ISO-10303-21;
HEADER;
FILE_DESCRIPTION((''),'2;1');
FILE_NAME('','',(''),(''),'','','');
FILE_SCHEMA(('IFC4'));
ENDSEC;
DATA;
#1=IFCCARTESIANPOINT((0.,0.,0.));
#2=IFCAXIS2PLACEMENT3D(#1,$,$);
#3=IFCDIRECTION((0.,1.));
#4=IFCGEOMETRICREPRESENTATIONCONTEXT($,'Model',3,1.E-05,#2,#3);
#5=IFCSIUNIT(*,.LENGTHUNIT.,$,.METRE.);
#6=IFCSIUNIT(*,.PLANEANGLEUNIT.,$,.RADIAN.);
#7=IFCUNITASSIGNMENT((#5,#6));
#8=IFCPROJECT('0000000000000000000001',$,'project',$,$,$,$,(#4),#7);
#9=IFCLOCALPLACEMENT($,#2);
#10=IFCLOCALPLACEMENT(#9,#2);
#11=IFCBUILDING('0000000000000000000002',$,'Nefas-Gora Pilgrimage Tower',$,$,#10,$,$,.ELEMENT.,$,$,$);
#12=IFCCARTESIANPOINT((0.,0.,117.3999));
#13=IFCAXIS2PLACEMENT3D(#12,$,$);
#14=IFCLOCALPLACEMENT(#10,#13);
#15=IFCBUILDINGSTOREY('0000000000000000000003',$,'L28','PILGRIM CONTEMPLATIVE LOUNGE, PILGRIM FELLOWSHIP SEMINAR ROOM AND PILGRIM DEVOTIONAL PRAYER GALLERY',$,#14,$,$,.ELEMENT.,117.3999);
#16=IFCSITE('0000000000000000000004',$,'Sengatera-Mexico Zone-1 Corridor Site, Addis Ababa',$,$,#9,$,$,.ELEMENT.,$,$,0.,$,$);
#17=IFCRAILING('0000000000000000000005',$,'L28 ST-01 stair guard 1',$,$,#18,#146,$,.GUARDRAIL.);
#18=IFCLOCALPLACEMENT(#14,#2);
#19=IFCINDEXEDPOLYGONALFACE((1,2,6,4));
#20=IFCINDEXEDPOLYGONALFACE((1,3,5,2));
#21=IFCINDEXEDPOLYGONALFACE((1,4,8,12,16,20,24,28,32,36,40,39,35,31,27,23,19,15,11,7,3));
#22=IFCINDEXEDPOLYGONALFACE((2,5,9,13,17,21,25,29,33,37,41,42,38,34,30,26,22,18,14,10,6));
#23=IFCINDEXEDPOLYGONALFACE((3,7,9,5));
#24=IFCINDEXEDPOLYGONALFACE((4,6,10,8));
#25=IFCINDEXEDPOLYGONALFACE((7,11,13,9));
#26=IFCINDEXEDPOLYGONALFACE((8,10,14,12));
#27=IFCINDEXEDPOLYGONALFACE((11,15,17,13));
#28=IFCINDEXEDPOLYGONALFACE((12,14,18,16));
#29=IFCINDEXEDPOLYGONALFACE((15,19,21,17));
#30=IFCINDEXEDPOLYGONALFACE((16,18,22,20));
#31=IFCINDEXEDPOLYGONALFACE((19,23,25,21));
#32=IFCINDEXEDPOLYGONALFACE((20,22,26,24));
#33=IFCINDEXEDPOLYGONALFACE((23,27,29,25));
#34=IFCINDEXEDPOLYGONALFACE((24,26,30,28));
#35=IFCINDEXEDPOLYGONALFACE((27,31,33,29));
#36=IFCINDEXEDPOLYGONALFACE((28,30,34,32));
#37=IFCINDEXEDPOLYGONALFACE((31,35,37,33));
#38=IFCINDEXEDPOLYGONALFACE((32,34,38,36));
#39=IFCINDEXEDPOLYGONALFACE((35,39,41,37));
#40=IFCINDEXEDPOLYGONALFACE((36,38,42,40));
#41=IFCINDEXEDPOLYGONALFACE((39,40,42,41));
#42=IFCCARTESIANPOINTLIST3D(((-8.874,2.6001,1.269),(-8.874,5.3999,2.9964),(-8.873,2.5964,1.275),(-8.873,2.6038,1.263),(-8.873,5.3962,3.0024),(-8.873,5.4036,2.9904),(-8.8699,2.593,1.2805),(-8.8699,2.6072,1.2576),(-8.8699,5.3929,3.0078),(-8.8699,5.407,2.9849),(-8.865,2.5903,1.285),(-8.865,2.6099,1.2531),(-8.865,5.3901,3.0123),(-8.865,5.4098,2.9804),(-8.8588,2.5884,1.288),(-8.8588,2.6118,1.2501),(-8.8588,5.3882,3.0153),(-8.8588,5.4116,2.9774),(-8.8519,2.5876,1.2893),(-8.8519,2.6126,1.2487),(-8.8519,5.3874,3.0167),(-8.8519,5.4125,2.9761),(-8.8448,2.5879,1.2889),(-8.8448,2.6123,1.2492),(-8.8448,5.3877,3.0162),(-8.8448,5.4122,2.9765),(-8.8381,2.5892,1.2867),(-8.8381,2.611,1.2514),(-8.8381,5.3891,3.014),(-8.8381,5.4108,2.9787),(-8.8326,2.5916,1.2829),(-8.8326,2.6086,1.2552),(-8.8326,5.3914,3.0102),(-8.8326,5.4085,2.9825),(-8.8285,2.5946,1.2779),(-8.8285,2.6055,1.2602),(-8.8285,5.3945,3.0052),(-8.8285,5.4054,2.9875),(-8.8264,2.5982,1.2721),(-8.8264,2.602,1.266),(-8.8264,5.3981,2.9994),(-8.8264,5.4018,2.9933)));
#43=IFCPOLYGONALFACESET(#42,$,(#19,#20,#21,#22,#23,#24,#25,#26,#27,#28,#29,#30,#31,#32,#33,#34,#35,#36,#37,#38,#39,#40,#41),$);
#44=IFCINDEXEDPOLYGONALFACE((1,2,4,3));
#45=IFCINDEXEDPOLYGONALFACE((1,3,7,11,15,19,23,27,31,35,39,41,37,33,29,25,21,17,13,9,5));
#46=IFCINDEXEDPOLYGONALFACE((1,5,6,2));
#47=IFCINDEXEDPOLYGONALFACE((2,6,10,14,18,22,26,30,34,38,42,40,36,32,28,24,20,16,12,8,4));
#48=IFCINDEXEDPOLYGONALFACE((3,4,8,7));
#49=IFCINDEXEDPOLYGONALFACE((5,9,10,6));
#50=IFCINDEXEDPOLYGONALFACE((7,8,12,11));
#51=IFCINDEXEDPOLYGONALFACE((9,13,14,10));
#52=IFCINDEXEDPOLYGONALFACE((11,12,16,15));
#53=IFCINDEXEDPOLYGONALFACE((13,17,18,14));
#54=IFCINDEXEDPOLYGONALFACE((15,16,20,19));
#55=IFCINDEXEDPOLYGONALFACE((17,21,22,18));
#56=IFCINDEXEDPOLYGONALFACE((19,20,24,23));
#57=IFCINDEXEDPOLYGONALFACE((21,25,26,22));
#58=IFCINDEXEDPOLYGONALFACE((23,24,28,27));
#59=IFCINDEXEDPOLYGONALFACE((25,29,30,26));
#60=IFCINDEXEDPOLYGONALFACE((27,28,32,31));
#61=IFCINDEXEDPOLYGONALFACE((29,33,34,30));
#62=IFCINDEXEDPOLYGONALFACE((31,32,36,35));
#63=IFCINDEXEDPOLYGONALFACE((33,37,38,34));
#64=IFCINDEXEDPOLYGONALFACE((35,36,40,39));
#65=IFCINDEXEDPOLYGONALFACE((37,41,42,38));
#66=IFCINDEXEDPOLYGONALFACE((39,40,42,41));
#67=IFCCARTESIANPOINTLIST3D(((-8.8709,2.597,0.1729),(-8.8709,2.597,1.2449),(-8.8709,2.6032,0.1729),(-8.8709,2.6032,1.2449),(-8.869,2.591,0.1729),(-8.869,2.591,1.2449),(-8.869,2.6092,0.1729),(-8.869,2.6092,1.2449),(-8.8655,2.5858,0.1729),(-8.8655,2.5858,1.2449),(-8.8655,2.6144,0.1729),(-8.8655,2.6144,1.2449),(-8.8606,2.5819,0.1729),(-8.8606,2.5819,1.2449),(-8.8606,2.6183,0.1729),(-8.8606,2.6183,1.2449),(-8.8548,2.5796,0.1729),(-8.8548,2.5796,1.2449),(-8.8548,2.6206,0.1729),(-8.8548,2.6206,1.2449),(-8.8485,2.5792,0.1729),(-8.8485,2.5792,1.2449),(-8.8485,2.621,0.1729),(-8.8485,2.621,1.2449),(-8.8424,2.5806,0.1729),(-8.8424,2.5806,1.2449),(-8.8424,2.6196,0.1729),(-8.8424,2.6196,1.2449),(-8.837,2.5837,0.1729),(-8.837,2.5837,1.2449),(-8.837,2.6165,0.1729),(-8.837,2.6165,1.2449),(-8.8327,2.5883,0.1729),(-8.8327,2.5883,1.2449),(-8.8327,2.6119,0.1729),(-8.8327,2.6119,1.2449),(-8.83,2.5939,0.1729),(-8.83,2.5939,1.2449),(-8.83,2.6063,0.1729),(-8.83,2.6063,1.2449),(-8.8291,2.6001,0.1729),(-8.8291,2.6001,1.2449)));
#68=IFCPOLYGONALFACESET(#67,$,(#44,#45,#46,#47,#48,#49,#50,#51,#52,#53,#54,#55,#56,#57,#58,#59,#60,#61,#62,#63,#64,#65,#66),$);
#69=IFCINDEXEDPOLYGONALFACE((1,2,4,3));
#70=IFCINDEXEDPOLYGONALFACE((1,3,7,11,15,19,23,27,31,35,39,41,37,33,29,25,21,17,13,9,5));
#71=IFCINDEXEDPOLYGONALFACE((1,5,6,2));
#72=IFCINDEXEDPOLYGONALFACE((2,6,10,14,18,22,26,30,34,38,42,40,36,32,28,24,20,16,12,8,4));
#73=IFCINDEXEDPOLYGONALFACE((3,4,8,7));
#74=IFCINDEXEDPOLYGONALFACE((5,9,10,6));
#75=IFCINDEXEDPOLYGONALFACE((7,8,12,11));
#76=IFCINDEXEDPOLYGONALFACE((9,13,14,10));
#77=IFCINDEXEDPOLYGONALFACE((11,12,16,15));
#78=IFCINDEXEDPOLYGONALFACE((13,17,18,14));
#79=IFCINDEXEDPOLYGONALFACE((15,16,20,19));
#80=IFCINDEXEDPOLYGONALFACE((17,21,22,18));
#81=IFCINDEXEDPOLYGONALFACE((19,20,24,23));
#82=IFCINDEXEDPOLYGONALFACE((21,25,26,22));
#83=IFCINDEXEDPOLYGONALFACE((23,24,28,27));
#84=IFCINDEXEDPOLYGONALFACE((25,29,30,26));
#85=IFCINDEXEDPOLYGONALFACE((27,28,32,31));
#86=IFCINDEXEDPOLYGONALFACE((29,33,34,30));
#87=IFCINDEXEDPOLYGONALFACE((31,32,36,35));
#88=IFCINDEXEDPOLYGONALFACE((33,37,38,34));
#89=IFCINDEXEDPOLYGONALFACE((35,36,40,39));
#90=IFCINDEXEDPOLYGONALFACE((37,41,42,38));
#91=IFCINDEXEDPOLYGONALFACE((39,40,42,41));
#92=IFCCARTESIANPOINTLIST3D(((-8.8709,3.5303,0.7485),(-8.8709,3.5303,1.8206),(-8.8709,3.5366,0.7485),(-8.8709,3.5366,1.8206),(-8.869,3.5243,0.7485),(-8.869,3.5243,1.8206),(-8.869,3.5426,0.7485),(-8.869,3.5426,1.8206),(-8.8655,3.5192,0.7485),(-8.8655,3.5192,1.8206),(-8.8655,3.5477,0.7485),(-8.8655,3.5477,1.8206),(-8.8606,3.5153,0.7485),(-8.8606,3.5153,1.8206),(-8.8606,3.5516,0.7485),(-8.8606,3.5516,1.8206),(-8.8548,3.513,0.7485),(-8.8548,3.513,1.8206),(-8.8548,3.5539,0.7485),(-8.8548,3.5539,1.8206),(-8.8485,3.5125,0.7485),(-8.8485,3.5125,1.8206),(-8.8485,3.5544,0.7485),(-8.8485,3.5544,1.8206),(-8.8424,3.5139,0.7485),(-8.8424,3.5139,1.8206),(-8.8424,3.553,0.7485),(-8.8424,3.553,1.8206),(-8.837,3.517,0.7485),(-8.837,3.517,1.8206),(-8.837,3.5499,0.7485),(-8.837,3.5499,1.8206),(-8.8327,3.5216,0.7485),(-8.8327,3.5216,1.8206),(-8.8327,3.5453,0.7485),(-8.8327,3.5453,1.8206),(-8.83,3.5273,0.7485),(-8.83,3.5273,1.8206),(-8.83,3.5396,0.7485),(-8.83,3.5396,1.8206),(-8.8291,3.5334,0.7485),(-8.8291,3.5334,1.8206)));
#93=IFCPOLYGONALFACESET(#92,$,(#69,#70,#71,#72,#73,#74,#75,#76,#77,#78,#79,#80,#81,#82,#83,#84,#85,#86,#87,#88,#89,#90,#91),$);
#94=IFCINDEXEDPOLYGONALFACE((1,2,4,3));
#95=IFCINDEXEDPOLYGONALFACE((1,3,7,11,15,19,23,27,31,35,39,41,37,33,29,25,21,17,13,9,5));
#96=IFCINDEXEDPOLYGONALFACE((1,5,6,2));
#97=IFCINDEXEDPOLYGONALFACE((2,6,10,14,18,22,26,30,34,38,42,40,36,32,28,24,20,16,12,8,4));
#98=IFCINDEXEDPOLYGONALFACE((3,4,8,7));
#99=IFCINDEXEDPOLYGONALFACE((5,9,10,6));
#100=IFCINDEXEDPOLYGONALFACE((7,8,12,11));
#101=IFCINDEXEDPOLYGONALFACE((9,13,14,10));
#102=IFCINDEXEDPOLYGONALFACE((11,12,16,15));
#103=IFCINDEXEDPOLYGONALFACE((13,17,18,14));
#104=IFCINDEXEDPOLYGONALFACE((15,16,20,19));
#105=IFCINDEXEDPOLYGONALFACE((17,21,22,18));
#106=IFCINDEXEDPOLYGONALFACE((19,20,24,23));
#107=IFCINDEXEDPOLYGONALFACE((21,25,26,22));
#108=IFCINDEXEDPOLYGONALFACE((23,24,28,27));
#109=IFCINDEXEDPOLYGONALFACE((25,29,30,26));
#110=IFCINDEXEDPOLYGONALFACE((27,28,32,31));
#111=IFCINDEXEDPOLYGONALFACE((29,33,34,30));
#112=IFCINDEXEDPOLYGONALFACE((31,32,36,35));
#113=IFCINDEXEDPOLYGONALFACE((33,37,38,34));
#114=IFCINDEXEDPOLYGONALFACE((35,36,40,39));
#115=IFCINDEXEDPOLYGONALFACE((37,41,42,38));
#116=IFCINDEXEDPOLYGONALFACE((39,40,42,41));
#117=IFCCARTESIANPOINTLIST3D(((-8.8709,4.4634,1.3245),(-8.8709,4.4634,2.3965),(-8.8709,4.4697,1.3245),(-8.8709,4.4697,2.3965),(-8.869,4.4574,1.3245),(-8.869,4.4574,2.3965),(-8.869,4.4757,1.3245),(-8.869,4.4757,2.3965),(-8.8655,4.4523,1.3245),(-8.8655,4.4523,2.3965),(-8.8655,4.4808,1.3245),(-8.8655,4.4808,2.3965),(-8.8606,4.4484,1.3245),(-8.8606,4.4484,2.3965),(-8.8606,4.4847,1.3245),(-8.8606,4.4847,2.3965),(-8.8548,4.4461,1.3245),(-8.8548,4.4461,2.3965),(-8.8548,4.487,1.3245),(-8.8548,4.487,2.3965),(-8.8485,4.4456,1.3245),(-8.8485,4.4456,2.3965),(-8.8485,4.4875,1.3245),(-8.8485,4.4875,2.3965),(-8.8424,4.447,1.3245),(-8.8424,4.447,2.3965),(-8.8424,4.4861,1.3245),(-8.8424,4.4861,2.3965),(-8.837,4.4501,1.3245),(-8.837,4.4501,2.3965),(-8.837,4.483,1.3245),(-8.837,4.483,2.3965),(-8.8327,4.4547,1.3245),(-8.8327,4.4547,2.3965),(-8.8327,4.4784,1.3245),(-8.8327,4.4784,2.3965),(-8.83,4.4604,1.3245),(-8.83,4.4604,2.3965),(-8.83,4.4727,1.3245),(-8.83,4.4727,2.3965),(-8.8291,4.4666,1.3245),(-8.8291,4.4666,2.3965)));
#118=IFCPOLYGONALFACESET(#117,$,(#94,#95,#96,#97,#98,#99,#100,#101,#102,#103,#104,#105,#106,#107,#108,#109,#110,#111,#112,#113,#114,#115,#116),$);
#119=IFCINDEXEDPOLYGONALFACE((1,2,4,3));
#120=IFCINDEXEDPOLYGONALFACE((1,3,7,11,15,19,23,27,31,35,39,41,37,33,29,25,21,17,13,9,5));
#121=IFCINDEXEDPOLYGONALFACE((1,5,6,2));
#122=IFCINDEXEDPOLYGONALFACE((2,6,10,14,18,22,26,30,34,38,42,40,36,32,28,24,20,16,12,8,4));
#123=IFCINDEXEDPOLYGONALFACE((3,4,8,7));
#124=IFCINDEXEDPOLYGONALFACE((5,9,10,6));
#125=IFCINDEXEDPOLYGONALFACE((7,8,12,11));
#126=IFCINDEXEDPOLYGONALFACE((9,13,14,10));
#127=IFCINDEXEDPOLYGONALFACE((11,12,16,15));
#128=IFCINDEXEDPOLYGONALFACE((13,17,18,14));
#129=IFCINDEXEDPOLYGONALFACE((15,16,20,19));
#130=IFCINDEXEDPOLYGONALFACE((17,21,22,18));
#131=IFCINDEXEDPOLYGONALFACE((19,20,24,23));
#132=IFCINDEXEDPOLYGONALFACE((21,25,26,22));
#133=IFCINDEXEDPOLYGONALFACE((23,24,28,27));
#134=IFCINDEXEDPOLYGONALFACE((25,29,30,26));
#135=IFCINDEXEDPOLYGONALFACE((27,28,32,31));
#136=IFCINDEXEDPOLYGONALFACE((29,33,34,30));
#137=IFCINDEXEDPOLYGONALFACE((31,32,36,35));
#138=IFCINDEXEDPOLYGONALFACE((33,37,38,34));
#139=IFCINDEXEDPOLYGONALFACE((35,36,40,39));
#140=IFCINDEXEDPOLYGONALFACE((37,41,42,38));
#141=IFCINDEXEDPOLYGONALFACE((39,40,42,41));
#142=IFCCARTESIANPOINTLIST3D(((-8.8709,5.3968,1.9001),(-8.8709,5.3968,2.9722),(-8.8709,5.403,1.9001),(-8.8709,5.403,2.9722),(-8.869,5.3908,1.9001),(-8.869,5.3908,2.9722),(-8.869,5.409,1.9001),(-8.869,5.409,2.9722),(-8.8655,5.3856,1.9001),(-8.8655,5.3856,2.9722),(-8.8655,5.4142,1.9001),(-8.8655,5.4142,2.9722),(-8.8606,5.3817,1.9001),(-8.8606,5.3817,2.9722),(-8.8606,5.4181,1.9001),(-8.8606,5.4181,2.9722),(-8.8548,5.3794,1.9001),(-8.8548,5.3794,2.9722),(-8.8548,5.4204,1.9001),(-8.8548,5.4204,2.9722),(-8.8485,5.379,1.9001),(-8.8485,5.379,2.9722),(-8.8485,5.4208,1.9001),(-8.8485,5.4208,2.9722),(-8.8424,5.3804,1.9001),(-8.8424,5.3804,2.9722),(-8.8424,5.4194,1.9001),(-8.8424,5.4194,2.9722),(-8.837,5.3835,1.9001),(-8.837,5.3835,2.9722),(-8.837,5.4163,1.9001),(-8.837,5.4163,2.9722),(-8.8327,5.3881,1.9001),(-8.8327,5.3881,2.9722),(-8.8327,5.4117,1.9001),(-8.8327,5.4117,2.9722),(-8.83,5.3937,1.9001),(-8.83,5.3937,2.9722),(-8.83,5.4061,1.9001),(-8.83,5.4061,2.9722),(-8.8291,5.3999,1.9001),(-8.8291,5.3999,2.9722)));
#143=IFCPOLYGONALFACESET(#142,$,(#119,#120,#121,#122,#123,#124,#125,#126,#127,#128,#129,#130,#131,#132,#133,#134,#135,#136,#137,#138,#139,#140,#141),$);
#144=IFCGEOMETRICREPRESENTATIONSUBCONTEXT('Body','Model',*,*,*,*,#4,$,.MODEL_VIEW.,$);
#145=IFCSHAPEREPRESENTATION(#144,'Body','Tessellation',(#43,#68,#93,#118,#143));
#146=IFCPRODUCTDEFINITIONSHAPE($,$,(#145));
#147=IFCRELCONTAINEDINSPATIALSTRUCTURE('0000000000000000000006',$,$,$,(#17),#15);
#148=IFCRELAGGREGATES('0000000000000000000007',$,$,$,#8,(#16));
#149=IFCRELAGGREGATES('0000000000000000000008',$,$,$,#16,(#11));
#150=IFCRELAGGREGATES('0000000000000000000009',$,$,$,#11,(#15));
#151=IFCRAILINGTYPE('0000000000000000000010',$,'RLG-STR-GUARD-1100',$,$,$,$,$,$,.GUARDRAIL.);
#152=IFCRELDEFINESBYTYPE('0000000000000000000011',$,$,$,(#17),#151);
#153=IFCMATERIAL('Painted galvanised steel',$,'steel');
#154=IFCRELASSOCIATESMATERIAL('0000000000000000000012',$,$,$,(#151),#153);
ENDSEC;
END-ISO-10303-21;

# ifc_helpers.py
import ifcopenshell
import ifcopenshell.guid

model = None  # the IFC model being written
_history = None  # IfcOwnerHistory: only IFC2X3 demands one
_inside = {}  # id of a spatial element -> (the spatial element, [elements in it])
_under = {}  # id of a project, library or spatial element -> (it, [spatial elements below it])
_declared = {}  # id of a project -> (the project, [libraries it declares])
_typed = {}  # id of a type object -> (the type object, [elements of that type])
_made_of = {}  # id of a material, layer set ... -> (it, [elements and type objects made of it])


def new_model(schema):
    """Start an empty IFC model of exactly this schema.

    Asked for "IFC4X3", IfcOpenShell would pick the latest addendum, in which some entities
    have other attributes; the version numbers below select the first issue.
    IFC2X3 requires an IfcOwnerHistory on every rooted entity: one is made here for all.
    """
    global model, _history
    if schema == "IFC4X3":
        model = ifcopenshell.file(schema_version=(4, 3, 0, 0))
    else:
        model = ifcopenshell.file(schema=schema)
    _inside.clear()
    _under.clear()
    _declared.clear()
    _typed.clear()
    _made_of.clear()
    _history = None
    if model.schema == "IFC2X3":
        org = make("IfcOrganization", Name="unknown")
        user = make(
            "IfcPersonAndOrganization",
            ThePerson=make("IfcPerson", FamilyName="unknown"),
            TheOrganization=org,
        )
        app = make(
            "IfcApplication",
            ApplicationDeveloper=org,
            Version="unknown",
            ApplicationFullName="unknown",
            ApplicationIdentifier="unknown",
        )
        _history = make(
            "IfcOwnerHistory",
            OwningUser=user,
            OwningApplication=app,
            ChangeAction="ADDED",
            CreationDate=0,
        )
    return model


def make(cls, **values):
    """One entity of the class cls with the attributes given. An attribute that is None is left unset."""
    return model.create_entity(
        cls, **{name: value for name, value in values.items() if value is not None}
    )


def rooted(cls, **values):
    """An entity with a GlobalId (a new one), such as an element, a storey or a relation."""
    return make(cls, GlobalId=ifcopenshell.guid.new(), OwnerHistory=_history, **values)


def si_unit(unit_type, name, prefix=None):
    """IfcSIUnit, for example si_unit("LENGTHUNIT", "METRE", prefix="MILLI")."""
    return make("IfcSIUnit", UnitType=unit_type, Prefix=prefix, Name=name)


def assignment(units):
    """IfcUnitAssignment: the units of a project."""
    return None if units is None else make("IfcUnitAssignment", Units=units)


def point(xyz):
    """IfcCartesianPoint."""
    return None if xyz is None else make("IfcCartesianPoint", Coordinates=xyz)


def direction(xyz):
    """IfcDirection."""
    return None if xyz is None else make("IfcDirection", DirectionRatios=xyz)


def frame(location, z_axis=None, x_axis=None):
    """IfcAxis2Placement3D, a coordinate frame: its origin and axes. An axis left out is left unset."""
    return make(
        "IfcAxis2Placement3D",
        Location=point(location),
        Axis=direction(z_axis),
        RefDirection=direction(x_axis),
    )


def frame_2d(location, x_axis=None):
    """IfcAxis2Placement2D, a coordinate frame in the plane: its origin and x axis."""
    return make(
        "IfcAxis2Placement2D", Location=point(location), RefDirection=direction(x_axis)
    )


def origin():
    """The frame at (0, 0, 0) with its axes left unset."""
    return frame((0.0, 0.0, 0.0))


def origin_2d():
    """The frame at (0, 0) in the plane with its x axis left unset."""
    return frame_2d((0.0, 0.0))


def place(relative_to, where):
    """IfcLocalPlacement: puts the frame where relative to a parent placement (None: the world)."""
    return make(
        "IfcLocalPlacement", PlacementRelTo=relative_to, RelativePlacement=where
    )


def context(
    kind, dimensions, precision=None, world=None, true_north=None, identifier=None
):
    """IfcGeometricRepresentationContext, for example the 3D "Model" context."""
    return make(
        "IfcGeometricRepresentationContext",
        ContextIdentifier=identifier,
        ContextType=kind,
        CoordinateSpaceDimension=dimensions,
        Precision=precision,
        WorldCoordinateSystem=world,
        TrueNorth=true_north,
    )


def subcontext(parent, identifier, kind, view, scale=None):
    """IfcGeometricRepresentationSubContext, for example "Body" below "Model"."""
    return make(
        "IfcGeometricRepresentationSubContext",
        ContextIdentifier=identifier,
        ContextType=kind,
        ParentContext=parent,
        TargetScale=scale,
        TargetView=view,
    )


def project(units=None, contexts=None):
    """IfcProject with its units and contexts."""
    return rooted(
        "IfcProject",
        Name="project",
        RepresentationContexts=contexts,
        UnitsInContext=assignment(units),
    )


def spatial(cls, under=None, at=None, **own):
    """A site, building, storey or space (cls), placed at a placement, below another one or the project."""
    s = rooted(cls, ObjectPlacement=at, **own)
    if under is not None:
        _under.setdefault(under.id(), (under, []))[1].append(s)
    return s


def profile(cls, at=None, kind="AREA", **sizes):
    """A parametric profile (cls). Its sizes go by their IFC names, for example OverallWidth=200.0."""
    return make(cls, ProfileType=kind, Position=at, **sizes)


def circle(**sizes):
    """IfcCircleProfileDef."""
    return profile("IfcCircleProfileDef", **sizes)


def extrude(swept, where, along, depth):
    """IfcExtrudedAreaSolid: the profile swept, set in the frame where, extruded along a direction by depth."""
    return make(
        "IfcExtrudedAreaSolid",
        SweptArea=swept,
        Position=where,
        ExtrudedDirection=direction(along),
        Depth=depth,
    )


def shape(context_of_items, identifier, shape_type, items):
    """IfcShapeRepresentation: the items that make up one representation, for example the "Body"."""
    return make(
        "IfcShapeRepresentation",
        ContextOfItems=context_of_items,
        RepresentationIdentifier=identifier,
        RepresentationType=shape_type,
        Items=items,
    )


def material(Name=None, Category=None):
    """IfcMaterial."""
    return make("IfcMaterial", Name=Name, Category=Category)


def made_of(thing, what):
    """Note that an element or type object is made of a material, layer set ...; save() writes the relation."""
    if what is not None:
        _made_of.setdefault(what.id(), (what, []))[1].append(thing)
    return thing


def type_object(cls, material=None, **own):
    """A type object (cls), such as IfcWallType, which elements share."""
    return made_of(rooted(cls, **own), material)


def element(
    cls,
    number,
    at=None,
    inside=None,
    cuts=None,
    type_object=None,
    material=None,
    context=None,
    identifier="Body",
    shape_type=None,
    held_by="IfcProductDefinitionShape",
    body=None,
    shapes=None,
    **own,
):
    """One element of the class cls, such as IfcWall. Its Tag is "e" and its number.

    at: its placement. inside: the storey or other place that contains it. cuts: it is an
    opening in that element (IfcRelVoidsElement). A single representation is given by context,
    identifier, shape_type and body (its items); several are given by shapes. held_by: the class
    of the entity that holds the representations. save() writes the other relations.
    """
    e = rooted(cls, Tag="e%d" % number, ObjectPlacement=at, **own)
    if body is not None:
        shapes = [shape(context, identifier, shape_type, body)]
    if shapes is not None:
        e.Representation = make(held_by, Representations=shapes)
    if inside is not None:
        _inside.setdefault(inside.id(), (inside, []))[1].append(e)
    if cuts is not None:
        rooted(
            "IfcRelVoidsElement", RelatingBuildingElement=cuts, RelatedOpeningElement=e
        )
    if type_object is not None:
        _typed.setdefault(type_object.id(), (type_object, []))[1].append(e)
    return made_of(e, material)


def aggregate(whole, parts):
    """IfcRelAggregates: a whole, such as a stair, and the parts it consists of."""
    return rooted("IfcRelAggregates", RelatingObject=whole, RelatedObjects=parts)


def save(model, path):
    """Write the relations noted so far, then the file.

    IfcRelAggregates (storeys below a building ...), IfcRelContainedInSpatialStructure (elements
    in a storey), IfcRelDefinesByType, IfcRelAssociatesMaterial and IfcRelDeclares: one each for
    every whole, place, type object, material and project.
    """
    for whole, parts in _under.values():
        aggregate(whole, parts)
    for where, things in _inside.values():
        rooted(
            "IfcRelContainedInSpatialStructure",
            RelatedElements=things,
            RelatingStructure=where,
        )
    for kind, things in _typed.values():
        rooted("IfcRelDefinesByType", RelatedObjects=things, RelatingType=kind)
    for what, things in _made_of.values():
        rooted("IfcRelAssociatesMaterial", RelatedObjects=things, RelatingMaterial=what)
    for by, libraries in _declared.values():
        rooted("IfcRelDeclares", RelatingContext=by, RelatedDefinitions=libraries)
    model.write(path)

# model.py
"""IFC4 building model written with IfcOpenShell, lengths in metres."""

from ifc_helpers import new_model, si_unit, direction, frame, origin, origin_2d, place, context, subcontext, project, spatial, circle, extrude, material, type_object, element, save


model = new_model("IFC4")

# Units and contexts
model_context = context("Model", 3, precision=1e-05, world=origin(), true_north=direction((0.0, 1.0)))
body_context = subcontext(model_context, "Body", "Model", "MODEL_VIEW")
ifc_project = project(units=[si_unit("LENGTHUNIT", "METRE"), si_unit("PLANEANGLEUNIT", "RADIAN")], contexts=[model_context])

# Site, building, storey
site_placement = place(None, origin())
site = spatial("IfcSite", under=ifc_project, at=site_placement, Name="Sengatera-Mexico Zone-1 Corridor Site, Addis Ababa", CompositionType="ELEMENT", RefElevation=0.0)
building_placement = place(site_placement, origin())
building = spatial("IfcBuilding", under=site, at=building_placement, Name="Nefas-Gora Pilgrimage Tower", CompositionType="ELEMENT")
storey_placement = place(building_placement, frame((0.0, 0.0, 117.3999)))
storey = spatial("IfcBuildingStorey", under=building, at=storey_placement, Name="L28", Description="PILGRIM CONTEMPLATIVE LOUNGE, PILGRIM FELLOWSHIP SEMINAR ROOM AND PILGRIM DEVOTIONAL PRAYER GALLERY", CompositionType="ELEMENT", Elevation=117.3999)

# Railing
ifc_material_1 = material(Name="Painted galvanised steel", Category="steel")
railing_type_1 = type_object("IfcRailingType", Name="RLG-STR-GUARD-1100", PredefinedType="GUARDRAIL", material=ifc_material_1)
railing_1_placement = place(storey_placement, frame((-8.8501, 2.6001, 0.1729)))
element("IfcRailing", 1, at=railing_1_placement, inside=storey, type_object=railing_type_1, Name="L28 ST-01 stair guard 1", PredefinedType="GUARDRAIL", context=body_context, shape_type="SweptSolid", body=[
    extrude(circle(Radius=0.0239, at=origin_2d()), frame((0.0, 0.0, 1.0962), z_axis=(0.0, 0.851069, 0.525054), x_axis=(-1.0, 0.0, 0.0)), (0.0, 0.0, 1.0), 3.2898),
    extrude(circle(Radius=0.021, at=origin_2d()), origin(), (0.0, 0.0, 1.0), 1.072),
    extrude(circle(Radius=0.021, at=origin_2d()), frame((0.0, 0.9333, 0.5757)), (0.0, 0.0, 1.0), 1.072),
    extrude(circle(Radius=0.021, at=origin_2d()), frame((0.0, 1.8665, 1.1516)), (0.0, 0.0, 1.0), 1.072),
    extrude(circle(Radius=0.021, at=origin_2d()), frame((0.0, 2.7998, 1.7273)), (0.0, 0.0, 1.0), 1.072),
])

save(model, "model.ifc")
